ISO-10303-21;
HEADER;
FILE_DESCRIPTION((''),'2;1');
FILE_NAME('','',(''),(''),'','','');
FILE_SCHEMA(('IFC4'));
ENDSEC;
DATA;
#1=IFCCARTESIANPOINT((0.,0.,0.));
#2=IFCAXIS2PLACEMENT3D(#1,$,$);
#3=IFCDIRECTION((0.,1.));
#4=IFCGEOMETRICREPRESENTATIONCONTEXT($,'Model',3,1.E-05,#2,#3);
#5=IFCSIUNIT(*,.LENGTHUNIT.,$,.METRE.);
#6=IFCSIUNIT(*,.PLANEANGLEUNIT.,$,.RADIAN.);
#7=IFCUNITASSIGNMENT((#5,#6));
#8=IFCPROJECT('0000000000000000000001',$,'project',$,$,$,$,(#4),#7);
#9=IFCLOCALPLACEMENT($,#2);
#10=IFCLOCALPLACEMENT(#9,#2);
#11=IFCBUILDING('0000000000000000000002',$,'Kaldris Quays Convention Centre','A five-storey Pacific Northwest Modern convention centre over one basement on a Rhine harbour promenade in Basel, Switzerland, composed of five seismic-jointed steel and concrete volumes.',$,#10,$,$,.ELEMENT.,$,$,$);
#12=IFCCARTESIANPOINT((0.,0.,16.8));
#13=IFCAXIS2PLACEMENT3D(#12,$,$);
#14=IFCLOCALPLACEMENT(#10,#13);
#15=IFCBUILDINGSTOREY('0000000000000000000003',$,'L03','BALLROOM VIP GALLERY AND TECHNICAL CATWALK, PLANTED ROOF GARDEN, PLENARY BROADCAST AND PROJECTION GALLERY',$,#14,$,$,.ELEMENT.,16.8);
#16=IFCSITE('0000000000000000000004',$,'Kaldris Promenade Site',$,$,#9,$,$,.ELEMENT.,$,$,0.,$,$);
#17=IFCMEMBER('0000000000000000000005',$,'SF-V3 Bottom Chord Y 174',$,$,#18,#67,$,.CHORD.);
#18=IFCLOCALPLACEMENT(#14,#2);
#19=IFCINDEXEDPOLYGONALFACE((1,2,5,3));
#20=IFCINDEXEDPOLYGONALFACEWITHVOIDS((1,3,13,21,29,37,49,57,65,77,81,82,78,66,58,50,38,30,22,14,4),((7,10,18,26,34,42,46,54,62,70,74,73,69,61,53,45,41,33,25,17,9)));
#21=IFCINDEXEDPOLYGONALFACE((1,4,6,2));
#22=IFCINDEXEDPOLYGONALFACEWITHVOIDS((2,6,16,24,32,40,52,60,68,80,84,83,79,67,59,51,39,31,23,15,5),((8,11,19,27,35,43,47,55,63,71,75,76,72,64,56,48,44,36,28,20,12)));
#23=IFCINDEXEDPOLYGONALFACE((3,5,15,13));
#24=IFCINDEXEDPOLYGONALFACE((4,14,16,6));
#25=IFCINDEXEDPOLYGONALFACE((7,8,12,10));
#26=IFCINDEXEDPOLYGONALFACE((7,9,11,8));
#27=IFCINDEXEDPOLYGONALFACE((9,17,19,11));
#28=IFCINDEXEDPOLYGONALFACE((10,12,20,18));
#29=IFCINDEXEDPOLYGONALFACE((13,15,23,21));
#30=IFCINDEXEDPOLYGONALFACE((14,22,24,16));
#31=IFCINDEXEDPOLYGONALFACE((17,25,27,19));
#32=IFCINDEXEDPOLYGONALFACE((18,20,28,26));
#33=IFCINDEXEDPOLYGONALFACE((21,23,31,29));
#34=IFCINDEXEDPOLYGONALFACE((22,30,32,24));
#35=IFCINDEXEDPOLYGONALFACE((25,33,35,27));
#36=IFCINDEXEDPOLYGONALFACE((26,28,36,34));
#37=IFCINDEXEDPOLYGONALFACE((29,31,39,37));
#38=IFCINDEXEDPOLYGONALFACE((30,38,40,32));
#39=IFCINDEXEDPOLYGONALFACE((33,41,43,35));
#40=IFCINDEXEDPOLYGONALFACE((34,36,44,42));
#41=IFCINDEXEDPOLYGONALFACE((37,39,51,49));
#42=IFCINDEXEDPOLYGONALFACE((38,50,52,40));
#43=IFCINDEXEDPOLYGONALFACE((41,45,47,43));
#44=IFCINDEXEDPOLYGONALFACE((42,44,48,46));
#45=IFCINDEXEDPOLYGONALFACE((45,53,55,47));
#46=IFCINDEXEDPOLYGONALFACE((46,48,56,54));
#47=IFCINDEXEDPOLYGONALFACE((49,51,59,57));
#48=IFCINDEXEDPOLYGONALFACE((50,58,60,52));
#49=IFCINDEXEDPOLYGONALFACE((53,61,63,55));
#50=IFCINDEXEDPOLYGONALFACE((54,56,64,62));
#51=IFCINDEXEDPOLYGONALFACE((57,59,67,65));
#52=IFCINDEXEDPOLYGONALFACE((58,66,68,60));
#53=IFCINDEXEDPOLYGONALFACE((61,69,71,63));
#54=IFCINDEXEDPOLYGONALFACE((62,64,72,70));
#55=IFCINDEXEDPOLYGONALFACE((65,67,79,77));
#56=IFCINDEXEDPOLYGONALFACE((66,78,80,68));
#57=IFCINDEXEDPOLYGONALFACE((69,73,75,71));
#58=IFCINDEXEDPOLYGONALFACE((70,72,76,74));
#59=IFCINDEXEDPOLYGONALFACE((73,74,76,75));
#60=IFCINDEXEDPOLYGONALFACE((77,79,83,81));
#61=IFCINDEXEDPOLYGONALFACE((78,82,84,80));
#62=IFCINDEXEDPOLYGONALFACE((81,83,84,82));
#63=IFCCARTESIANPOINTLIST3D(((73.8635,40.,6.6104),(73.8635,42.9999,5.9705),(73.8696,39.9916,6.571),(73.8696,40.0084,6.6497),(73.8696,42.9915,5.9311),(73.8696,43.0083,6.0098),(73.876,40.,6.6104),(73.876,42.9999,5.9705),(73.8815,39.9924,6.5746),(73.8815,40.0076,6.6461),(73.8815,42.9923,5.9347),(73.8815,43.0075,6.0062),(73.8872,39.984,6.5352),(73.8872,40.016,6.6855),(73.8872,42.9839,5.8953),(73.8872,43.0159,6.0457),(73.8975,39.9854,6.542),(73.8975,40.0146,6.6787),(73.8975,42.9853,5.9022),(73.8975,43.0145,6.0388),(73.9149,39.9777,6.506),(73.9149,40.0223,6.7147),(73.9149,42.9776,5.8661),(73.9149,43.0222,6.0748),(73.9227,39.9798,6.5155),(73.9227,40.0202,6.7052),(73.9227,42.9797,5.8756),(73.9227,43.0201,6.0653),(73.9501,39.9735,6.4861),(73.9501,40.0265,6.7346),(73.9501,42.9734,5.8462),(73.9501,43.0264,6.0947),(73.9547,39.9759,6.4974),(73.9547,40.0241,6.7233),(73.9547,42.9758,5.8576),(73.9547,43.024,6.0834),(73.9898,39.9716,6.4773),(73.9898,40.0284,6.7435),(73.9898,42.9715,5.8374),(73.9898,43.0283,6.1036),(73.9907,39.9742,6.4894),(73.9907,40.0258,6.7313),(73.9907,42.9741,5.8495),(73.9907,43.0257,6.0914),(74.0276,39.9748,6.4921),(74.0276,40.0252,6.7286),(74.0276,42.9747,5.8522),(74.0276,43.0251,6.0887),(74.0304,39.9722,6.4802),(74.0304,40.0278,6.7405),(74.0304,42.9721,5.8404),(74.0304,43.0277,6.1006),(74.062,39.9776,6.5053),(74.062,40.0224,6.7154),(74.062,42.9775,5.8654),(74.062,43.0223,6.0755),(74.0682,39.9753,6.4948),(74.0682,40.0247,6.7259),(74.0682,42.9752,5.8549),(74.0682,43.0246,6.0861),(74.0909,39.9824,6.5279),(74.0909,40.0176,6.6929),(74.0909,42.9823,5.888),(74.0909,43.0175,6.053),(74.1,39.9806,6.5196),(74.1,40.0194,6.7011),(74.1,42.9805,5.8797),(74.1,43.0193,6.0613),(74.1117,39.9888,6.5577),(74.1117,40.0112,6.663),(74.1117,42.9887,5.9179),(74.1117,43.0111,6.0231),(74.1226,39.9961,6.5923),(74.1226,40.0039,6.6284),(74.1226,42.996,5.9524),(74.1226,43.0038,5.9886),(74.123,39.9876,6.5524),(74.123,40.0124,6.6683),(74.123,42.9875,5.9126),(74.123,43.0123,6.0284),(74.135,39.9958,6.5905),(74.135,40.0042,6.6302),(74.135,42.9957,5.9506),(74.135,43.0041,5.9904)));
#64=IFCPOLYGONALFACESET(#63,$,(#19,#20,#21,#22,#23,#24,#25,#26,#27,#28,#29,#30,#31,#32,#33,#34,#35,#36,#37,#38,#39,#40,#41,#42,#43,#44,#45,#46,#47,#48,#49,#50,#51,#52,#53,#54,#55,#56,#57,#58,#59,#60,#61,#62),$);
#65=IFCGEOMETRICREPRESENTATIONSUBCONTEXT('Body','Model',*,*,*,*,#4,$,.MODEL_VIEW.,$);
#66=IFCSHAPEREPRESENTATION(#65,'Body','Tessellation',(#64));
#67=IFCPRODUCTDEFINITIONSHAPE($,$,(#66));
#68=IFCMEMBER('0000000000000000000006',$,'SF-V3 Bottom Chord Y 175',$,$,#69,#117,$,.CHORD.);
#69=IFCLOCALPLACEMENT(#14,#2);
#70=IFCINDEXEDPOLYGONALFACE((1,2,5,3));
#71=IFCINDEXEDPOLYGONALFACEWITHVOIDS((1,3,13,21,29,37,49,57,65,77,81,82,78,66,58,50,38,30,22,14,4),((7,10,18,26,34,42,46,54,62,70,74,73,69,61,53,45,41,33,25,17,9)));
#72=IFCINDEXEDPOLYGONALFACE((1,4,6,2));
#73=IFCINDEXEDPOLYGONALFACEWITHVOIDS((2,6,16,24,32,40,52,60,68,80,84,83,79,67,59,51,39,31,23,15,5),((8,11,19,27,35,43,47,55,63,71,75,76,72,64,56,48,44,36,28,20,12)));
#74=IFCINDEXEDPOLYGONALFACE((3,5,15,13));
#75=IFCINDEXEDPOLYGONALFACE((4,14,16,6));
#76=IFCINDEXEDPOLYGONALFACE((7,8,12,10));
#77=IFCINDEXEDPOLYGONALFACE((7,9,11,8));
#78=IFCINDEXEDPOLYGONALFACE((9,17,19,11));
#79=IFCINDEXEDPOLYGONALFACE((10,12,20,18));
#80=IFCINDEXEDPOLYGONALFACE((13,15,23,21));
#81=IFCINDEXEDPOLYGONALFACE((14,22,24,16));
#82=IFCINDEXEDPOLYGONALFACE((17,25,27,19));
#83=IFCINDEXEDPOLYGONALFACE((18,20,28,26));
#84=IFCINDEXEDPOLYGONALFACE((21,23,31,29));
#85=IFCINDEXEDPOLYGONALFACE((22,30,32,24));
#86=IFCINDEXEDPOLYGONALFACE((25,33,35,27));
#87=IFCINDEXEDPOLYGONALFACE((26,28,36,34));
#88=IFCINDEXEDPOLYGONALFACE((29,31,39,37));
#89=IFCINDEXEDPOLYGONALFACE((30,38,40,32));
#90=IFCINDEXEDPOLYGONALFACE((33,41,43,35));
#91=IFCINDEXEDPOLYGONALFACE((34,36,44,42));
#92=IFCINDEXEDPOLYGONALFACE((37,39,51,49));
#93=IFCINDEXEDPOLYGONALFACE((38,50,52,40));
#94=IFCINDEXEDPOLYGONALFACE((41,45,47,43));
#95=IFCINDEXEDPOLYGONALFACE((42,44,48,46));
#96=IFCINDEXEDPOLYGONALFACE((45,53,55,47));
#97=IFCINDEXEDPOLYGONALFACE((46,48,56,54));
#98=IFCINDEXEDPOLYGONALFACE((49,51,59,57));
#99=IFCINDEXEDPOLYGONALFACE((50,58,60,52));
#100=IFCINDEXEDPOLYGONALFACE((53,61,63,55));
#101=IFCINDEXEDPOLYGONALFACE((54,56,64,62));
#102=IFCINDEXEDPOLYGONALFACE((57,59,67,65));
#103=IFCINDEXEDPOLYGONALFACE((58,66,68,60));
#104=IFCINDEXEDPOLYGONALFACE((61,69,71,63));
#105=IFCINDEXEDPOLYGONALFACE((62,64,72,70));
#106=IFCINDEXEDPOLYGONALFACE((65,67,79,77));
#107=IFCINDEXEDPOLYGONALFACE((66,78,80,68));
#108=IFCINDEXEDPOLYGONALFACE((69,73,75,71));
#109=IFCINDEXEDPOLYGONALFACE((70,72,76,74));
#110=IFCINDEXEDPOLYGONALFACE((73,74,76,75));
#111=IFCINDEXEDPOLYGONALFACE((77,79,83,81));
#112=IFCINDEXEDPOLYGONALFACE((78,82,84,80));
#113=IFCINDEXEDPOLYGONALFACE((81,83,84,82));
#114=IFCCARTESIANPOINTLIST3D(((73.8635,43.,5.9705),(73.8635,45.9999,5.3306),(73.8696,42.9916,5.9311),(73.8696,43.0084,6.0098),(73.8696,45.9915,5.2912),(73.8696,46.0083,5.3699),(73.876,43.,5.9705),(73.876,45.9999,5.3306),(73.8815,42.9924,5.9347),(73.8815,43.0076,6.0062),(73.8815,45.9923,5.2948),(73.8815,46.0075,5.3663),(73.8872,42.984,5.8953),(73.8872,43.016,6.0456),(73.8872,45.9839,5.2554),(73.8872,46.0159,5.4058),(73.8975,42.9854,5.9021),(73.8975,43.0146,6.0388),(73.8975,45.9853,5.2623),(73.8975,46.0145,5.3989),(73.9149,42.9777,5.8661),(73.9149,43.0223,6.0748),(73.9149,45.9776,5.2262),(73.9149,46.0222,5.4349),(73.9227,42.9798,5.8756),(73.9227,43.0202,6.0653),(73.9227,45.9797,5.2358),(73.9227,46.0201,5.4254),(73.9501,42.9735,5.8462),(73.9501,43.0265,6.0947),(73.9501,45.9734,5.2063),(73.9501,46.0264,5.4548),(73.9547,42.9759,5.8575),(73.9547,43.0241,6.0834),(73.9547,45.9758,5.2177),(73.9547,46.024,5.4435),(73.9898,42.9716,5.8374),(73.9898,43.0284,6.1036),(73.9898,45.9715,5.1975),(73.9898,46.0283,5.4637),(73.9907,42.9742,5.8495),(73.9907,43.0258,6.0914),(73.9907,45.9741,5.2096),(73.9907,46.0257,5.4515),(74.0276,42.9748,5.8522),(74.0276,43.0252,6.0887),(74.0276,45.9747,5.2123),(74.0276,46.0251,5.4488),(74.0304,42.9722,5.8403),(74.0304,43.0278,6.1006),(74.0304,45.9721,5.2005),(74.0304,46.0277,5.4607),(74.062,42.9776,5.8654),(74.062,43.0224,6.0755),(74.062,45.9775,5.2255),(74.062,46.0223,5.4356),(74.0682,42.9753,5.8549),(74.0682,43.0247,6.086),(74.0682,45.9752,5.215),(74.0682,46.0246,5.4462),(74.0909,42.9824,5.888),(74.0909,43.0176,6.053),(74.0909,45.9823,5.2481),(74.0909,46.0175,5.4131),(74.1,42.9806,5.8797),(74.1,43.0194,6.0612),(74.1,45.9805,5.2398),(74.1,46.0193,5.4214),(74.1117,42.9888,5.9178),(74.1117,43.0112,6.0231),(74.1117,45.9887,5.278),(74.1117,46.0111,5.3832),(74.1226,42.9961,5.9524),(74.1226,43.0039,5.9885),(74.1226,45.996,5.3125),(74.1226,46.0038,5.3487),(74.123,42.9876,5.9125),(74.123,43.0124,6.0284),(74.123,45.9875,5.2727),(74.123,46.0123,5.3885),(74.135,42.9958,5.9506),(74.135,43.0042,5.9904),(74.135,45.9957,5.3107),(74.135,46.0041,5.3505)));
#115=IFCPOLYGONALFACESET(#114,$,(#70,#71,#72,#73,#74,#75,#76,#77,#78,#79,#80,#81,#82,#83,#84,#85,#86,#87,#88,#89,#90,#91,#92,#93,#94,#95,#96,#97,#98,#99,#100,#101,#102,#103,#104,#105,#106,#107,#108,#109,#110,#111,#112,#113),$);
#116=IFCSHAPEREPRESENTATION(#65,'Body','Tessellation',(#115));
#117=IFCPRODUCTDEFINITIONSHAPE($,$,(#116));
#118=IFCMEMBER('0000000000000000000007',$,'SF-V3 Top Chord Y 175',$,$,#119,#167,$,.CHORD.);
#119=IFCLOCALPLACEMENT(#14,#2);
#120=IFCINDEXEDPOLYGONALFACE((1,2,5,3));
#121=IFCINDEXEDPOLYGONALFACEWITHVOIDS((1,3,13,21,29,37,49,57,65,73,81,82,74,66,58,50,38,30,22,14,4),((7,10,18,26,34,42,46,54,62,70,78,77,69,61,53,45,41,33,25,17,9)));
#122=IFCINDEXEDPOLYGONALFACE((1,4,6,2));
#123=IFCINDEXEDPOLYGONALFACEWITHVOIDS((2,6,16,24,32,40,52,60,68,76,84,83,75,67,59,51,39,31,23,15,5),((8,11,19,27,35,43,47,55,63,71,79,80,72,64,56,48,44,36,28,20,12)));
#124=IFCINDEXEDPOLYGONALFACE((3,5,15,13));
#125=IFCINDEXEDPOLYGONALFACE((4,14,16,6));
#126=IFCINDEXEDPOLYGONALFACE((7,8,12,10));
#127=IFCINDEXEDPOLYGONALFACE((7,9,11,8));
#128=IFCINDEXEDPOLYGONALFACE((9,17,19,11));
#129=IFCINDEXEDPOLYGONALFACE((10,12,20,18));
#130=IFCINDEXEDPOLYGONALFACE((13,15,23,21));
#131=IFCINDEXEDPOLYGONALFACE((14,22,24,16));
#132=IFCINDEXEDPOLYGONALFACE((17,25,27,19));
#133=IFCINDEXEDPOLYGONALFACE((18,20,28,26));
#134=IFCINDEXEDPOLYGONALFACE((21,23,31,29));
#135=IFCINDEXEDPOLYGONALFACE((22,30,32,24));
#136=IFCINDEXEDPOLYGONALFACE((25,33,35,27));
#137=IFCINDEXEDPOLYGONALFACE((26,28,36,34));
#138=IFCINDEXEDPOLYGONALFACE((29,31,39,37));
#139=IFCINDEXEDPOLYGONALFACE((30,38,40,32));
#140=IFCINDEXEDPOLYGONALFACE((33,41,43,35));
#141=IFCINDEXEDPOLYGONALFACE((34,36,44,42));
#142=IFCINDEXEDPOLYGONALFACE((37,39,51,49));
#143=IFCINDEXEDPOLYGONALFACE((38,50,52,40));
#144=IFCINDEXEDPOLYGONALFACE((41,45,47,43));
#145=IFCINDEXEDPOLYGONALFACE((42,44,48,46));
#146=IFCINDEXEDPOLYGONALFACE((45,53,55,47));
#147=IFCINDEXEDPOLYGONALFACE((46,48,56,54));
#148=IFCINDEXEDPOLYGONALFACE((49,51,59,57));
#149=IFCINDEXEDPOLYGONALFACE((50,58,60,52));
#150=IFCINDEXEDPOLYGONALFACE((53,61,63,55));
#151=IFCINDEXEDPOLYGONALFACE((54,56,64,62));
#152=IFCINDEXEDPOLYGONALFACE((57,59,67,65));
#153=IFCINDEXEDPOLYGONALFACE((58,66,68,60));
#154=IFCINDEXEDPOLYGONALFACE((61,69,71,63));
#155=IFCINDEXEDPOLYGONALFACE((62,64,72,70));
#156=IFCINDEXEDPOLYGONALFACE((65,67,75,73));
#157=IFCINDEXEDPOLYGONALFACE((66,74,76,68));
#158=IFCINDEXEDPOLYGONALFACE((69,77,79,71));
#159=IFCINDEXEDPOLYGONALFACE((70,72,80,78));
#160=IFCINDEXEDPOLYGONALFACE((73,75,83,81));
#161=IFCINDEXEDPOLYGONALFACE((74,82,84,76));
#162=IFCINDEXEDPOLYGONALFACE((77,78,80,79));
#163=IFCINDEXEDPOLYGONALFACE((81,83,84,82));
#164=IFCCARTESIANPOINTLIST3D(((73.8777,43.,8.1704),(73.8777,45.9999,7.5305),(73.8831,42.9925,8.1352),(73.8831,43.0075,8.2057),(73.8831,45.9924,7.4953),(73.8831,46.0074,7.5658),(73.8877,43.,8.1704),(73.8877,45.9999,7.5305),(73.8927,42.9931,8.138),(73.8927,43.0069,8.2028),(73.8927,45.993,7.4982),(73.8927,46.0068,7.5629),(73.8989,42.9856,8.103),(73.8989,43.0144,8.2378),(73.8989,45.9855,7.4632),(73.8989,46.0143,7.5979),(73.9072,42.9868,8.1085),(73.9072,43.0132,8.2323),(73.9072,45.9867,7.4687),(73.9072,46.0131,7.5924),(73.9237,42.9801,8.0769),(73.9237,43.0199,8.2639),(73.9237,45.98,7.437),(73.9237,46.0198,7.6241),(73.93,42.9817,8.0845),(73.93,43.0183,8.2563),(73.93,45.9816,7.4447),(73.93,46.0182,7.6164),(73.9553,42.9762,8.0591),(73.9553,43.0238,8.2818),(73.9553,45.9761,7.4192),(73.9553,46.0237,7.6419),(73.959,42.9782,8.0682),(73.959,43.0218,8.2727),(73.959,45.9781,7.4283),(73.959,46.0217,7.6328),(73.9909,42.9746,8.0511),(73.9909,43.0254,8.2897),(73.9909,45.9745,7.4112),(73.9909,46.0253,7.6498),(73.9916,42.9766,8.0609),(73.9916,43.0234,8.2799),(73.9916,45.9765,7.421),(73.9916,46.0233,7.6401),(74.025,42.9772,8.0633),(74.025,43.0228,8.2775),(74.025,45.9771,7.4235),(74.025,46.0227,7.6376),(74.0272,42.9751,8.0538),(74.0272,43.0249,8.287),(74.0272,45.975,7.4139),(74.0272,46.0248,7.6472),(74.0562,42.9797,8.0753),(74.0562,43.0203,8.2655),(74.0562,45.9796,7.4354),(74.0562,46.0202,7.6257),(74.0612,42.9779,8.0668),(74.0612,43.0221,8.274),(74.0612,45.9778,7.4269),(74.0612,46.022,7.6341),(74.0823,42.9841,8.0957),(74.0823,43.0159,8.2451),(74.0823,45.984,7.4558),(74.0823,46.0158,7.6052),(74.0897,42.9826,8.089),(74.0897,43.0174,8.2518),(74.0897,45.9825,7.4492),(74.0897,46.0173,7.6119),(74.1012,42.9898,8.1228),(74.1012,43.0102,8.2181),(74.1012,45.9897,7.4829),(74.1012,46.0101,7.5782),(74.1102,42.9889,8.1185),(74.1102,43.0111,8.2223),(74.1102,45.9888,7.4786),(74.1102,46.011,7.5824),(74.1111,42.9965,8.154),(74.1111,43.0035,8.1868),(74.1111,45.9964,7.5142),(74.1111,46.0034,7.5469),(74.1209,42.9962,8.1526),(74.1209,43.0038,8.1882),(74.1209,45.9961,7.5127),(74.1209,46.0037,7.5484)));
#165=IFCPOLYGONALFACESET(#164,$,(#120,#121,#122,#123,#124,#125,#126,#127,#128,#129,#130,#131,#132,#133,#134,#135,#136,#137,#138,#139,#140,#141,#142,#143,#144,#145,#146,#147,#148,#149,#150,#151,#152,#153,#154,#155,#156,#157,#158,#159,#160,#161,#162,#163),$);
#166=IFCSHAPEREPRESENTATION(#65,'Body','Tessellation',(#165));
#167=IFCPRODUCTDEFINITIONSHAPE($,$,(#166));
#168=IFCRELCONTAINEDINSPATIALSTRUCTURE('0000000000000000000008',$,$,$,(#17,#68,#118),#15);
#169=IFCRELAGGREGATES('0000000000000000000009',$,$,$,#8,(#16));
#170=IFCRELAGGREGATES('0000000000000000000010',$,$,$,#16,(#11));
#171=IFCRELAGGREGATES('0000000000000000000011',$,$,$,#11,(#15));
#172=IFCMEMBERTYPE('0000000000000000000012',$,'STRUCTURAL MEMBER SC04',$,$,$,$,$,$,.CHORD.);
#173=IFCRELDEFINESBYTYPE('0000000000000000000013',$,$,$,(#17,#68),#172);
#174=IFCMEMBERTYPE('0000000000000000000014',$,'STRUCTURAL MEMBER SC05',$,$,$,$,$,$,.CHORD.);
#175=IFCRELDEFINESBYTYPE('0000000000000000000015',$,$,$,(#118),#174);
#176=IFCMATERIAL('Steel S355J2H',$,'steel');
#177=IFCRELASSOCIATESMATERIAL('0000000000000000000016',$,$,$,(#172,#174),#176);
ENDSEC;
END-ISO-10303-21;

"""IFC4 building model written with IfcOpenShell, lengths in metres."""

from ifc_helpers import new_model, si_unit, direction, frame, origin, origin_2d, place, context, subcontext, project, spatial, hollow_circle, extrude, material, material_profile, profile_set, type_object, element, save


model = new_model("IFC4")

# Units and contexts
model_context = context("Model", 3, precision=1e-05, world=origin(), true_north=direction((0.0, 1.0)))
body_context = subcontext(model_context, "Body", "Model", "MODEL_VIEW")
ifc_project = project(units=[si_unit("LENGTHUNIT", "METRE"), si_unit("PLANEANGLEUNIT", "RADIAN")], contexts=[model_context])

# Site, building, storey
site_placement = place(None, origin())
site = spatial("IfcSite", under=ifc_project, at=site_placement, Name="Kaldris Promenade Site", CompositionType="ELEMENT", RefElevation=0.0)
building_placement = place(site_placement, origin())
building = spatial("IfcBuilding", under=site, at=building_placement, Name="Kaldris Quays Convention Centre", Description="A five-storey Pacific Northwest Modern convention centre over one basement on a Rhine harbour promenade in Basel, Switzerland, composed of five seismic-jointed steel and concrete volumes.", CompositionType="ELEMENT")
storey_placement = place(building_placement, frame((0.0, 0.0, 16.8)))
storey = spatial("IfcBuildingStorey", under=building, at=storey_placement, Name="L03", Description="BALLROOM VIP GALLERY AND TECHNICAL CATWALK, PLANTED ROOF GARDEN, PLENARY BROADCAST AND PROJECTION GALLERY", CompositionType="ELEMENT", Elevation=16.8)

# Members
ifc_material_1 = material(Name="Steel S355J2H", Category="steel")
ifc_material_profile_1 = material_profile(ifc_material_1, hollow_circle(Radius=0.1365, WallThickness=0.0125, at=origin_2d()), Name="CHS 273x12.5")
ifc_profile_set_1 = profile_set([ifc_material_profile_1], Name="Steel S355J2H")
member_type_1 = type_object("IfcMemberType", Name="STRUCTURAL MEMBER SC04", PredefinedType="CHORD", material=ifc_profile_set_1)
for number, where, z_axis, x_axis, name in (
    (1, (74.0, 40.0, 6.6104), (0.0, 0.978, -0.208605), (-1.0, 0.0, 0.0), "SF-V3 Bottom Chord Y 174"),
    (2, (74.0, 43.0, 5.9705), (0.0, 0.978, -0.208605), (-1.0, 0.0, 0.0), "SF-V3 Bottom Chord Y 175"),
):
    element("IfcMember", number, at=place(storey_placement, frame(where, z_axis=z_axis, x_axis=x_axis)), inside=storey, type_object=member_type_1, Name=name, PredefinedType="CHORD", context=body_context, shape_type="SweptSolid", body=[
        extrude(hollow_circle(Radius=0.1365, WallThickness=0.0125, at=origin_2d()), origin(), (0.0, 0.0, 1.0), 3.0674),
    ])
ifc_material_profile_2 = material_profile(ifc_material_1, hollow_circle(Radius=0.1223, WallThickness=0.01, at=origin_2d()), Name="CHS 244.5x10")
ifc_profile_set_2 = profile_set([ifc_material_profile_2], Name="Steel S355J2H")
member_type_2 = type_object("IfcMemberType", Name="STRUCTURAL MEMBER SC05", PredefinedType="CHORD", material=ifc_profile_set_2)
member_1_placement = place(storey_placement, frame((74.0, 43.0, 8.1704), z_axis=(0.0, 0.978, -0.208605), x_axis=(-1.0, 0.0, 0.0)))
element("IfcMember", 3, at=member_1_placement, inside=storey, type_object=member_type_2, Name="SF-V3 Top Chord Y 175", PredefinedType="CHORD", context=body_context, shape_type="SweptSolid", body=[
    extrude(hollow_circle(Radius=0.1223, WallThickness=0.01, at=origin_2d()), origin(), (0.0, 0.0, 1.0), 3.0674),
])

save(model, "model.ifc")
